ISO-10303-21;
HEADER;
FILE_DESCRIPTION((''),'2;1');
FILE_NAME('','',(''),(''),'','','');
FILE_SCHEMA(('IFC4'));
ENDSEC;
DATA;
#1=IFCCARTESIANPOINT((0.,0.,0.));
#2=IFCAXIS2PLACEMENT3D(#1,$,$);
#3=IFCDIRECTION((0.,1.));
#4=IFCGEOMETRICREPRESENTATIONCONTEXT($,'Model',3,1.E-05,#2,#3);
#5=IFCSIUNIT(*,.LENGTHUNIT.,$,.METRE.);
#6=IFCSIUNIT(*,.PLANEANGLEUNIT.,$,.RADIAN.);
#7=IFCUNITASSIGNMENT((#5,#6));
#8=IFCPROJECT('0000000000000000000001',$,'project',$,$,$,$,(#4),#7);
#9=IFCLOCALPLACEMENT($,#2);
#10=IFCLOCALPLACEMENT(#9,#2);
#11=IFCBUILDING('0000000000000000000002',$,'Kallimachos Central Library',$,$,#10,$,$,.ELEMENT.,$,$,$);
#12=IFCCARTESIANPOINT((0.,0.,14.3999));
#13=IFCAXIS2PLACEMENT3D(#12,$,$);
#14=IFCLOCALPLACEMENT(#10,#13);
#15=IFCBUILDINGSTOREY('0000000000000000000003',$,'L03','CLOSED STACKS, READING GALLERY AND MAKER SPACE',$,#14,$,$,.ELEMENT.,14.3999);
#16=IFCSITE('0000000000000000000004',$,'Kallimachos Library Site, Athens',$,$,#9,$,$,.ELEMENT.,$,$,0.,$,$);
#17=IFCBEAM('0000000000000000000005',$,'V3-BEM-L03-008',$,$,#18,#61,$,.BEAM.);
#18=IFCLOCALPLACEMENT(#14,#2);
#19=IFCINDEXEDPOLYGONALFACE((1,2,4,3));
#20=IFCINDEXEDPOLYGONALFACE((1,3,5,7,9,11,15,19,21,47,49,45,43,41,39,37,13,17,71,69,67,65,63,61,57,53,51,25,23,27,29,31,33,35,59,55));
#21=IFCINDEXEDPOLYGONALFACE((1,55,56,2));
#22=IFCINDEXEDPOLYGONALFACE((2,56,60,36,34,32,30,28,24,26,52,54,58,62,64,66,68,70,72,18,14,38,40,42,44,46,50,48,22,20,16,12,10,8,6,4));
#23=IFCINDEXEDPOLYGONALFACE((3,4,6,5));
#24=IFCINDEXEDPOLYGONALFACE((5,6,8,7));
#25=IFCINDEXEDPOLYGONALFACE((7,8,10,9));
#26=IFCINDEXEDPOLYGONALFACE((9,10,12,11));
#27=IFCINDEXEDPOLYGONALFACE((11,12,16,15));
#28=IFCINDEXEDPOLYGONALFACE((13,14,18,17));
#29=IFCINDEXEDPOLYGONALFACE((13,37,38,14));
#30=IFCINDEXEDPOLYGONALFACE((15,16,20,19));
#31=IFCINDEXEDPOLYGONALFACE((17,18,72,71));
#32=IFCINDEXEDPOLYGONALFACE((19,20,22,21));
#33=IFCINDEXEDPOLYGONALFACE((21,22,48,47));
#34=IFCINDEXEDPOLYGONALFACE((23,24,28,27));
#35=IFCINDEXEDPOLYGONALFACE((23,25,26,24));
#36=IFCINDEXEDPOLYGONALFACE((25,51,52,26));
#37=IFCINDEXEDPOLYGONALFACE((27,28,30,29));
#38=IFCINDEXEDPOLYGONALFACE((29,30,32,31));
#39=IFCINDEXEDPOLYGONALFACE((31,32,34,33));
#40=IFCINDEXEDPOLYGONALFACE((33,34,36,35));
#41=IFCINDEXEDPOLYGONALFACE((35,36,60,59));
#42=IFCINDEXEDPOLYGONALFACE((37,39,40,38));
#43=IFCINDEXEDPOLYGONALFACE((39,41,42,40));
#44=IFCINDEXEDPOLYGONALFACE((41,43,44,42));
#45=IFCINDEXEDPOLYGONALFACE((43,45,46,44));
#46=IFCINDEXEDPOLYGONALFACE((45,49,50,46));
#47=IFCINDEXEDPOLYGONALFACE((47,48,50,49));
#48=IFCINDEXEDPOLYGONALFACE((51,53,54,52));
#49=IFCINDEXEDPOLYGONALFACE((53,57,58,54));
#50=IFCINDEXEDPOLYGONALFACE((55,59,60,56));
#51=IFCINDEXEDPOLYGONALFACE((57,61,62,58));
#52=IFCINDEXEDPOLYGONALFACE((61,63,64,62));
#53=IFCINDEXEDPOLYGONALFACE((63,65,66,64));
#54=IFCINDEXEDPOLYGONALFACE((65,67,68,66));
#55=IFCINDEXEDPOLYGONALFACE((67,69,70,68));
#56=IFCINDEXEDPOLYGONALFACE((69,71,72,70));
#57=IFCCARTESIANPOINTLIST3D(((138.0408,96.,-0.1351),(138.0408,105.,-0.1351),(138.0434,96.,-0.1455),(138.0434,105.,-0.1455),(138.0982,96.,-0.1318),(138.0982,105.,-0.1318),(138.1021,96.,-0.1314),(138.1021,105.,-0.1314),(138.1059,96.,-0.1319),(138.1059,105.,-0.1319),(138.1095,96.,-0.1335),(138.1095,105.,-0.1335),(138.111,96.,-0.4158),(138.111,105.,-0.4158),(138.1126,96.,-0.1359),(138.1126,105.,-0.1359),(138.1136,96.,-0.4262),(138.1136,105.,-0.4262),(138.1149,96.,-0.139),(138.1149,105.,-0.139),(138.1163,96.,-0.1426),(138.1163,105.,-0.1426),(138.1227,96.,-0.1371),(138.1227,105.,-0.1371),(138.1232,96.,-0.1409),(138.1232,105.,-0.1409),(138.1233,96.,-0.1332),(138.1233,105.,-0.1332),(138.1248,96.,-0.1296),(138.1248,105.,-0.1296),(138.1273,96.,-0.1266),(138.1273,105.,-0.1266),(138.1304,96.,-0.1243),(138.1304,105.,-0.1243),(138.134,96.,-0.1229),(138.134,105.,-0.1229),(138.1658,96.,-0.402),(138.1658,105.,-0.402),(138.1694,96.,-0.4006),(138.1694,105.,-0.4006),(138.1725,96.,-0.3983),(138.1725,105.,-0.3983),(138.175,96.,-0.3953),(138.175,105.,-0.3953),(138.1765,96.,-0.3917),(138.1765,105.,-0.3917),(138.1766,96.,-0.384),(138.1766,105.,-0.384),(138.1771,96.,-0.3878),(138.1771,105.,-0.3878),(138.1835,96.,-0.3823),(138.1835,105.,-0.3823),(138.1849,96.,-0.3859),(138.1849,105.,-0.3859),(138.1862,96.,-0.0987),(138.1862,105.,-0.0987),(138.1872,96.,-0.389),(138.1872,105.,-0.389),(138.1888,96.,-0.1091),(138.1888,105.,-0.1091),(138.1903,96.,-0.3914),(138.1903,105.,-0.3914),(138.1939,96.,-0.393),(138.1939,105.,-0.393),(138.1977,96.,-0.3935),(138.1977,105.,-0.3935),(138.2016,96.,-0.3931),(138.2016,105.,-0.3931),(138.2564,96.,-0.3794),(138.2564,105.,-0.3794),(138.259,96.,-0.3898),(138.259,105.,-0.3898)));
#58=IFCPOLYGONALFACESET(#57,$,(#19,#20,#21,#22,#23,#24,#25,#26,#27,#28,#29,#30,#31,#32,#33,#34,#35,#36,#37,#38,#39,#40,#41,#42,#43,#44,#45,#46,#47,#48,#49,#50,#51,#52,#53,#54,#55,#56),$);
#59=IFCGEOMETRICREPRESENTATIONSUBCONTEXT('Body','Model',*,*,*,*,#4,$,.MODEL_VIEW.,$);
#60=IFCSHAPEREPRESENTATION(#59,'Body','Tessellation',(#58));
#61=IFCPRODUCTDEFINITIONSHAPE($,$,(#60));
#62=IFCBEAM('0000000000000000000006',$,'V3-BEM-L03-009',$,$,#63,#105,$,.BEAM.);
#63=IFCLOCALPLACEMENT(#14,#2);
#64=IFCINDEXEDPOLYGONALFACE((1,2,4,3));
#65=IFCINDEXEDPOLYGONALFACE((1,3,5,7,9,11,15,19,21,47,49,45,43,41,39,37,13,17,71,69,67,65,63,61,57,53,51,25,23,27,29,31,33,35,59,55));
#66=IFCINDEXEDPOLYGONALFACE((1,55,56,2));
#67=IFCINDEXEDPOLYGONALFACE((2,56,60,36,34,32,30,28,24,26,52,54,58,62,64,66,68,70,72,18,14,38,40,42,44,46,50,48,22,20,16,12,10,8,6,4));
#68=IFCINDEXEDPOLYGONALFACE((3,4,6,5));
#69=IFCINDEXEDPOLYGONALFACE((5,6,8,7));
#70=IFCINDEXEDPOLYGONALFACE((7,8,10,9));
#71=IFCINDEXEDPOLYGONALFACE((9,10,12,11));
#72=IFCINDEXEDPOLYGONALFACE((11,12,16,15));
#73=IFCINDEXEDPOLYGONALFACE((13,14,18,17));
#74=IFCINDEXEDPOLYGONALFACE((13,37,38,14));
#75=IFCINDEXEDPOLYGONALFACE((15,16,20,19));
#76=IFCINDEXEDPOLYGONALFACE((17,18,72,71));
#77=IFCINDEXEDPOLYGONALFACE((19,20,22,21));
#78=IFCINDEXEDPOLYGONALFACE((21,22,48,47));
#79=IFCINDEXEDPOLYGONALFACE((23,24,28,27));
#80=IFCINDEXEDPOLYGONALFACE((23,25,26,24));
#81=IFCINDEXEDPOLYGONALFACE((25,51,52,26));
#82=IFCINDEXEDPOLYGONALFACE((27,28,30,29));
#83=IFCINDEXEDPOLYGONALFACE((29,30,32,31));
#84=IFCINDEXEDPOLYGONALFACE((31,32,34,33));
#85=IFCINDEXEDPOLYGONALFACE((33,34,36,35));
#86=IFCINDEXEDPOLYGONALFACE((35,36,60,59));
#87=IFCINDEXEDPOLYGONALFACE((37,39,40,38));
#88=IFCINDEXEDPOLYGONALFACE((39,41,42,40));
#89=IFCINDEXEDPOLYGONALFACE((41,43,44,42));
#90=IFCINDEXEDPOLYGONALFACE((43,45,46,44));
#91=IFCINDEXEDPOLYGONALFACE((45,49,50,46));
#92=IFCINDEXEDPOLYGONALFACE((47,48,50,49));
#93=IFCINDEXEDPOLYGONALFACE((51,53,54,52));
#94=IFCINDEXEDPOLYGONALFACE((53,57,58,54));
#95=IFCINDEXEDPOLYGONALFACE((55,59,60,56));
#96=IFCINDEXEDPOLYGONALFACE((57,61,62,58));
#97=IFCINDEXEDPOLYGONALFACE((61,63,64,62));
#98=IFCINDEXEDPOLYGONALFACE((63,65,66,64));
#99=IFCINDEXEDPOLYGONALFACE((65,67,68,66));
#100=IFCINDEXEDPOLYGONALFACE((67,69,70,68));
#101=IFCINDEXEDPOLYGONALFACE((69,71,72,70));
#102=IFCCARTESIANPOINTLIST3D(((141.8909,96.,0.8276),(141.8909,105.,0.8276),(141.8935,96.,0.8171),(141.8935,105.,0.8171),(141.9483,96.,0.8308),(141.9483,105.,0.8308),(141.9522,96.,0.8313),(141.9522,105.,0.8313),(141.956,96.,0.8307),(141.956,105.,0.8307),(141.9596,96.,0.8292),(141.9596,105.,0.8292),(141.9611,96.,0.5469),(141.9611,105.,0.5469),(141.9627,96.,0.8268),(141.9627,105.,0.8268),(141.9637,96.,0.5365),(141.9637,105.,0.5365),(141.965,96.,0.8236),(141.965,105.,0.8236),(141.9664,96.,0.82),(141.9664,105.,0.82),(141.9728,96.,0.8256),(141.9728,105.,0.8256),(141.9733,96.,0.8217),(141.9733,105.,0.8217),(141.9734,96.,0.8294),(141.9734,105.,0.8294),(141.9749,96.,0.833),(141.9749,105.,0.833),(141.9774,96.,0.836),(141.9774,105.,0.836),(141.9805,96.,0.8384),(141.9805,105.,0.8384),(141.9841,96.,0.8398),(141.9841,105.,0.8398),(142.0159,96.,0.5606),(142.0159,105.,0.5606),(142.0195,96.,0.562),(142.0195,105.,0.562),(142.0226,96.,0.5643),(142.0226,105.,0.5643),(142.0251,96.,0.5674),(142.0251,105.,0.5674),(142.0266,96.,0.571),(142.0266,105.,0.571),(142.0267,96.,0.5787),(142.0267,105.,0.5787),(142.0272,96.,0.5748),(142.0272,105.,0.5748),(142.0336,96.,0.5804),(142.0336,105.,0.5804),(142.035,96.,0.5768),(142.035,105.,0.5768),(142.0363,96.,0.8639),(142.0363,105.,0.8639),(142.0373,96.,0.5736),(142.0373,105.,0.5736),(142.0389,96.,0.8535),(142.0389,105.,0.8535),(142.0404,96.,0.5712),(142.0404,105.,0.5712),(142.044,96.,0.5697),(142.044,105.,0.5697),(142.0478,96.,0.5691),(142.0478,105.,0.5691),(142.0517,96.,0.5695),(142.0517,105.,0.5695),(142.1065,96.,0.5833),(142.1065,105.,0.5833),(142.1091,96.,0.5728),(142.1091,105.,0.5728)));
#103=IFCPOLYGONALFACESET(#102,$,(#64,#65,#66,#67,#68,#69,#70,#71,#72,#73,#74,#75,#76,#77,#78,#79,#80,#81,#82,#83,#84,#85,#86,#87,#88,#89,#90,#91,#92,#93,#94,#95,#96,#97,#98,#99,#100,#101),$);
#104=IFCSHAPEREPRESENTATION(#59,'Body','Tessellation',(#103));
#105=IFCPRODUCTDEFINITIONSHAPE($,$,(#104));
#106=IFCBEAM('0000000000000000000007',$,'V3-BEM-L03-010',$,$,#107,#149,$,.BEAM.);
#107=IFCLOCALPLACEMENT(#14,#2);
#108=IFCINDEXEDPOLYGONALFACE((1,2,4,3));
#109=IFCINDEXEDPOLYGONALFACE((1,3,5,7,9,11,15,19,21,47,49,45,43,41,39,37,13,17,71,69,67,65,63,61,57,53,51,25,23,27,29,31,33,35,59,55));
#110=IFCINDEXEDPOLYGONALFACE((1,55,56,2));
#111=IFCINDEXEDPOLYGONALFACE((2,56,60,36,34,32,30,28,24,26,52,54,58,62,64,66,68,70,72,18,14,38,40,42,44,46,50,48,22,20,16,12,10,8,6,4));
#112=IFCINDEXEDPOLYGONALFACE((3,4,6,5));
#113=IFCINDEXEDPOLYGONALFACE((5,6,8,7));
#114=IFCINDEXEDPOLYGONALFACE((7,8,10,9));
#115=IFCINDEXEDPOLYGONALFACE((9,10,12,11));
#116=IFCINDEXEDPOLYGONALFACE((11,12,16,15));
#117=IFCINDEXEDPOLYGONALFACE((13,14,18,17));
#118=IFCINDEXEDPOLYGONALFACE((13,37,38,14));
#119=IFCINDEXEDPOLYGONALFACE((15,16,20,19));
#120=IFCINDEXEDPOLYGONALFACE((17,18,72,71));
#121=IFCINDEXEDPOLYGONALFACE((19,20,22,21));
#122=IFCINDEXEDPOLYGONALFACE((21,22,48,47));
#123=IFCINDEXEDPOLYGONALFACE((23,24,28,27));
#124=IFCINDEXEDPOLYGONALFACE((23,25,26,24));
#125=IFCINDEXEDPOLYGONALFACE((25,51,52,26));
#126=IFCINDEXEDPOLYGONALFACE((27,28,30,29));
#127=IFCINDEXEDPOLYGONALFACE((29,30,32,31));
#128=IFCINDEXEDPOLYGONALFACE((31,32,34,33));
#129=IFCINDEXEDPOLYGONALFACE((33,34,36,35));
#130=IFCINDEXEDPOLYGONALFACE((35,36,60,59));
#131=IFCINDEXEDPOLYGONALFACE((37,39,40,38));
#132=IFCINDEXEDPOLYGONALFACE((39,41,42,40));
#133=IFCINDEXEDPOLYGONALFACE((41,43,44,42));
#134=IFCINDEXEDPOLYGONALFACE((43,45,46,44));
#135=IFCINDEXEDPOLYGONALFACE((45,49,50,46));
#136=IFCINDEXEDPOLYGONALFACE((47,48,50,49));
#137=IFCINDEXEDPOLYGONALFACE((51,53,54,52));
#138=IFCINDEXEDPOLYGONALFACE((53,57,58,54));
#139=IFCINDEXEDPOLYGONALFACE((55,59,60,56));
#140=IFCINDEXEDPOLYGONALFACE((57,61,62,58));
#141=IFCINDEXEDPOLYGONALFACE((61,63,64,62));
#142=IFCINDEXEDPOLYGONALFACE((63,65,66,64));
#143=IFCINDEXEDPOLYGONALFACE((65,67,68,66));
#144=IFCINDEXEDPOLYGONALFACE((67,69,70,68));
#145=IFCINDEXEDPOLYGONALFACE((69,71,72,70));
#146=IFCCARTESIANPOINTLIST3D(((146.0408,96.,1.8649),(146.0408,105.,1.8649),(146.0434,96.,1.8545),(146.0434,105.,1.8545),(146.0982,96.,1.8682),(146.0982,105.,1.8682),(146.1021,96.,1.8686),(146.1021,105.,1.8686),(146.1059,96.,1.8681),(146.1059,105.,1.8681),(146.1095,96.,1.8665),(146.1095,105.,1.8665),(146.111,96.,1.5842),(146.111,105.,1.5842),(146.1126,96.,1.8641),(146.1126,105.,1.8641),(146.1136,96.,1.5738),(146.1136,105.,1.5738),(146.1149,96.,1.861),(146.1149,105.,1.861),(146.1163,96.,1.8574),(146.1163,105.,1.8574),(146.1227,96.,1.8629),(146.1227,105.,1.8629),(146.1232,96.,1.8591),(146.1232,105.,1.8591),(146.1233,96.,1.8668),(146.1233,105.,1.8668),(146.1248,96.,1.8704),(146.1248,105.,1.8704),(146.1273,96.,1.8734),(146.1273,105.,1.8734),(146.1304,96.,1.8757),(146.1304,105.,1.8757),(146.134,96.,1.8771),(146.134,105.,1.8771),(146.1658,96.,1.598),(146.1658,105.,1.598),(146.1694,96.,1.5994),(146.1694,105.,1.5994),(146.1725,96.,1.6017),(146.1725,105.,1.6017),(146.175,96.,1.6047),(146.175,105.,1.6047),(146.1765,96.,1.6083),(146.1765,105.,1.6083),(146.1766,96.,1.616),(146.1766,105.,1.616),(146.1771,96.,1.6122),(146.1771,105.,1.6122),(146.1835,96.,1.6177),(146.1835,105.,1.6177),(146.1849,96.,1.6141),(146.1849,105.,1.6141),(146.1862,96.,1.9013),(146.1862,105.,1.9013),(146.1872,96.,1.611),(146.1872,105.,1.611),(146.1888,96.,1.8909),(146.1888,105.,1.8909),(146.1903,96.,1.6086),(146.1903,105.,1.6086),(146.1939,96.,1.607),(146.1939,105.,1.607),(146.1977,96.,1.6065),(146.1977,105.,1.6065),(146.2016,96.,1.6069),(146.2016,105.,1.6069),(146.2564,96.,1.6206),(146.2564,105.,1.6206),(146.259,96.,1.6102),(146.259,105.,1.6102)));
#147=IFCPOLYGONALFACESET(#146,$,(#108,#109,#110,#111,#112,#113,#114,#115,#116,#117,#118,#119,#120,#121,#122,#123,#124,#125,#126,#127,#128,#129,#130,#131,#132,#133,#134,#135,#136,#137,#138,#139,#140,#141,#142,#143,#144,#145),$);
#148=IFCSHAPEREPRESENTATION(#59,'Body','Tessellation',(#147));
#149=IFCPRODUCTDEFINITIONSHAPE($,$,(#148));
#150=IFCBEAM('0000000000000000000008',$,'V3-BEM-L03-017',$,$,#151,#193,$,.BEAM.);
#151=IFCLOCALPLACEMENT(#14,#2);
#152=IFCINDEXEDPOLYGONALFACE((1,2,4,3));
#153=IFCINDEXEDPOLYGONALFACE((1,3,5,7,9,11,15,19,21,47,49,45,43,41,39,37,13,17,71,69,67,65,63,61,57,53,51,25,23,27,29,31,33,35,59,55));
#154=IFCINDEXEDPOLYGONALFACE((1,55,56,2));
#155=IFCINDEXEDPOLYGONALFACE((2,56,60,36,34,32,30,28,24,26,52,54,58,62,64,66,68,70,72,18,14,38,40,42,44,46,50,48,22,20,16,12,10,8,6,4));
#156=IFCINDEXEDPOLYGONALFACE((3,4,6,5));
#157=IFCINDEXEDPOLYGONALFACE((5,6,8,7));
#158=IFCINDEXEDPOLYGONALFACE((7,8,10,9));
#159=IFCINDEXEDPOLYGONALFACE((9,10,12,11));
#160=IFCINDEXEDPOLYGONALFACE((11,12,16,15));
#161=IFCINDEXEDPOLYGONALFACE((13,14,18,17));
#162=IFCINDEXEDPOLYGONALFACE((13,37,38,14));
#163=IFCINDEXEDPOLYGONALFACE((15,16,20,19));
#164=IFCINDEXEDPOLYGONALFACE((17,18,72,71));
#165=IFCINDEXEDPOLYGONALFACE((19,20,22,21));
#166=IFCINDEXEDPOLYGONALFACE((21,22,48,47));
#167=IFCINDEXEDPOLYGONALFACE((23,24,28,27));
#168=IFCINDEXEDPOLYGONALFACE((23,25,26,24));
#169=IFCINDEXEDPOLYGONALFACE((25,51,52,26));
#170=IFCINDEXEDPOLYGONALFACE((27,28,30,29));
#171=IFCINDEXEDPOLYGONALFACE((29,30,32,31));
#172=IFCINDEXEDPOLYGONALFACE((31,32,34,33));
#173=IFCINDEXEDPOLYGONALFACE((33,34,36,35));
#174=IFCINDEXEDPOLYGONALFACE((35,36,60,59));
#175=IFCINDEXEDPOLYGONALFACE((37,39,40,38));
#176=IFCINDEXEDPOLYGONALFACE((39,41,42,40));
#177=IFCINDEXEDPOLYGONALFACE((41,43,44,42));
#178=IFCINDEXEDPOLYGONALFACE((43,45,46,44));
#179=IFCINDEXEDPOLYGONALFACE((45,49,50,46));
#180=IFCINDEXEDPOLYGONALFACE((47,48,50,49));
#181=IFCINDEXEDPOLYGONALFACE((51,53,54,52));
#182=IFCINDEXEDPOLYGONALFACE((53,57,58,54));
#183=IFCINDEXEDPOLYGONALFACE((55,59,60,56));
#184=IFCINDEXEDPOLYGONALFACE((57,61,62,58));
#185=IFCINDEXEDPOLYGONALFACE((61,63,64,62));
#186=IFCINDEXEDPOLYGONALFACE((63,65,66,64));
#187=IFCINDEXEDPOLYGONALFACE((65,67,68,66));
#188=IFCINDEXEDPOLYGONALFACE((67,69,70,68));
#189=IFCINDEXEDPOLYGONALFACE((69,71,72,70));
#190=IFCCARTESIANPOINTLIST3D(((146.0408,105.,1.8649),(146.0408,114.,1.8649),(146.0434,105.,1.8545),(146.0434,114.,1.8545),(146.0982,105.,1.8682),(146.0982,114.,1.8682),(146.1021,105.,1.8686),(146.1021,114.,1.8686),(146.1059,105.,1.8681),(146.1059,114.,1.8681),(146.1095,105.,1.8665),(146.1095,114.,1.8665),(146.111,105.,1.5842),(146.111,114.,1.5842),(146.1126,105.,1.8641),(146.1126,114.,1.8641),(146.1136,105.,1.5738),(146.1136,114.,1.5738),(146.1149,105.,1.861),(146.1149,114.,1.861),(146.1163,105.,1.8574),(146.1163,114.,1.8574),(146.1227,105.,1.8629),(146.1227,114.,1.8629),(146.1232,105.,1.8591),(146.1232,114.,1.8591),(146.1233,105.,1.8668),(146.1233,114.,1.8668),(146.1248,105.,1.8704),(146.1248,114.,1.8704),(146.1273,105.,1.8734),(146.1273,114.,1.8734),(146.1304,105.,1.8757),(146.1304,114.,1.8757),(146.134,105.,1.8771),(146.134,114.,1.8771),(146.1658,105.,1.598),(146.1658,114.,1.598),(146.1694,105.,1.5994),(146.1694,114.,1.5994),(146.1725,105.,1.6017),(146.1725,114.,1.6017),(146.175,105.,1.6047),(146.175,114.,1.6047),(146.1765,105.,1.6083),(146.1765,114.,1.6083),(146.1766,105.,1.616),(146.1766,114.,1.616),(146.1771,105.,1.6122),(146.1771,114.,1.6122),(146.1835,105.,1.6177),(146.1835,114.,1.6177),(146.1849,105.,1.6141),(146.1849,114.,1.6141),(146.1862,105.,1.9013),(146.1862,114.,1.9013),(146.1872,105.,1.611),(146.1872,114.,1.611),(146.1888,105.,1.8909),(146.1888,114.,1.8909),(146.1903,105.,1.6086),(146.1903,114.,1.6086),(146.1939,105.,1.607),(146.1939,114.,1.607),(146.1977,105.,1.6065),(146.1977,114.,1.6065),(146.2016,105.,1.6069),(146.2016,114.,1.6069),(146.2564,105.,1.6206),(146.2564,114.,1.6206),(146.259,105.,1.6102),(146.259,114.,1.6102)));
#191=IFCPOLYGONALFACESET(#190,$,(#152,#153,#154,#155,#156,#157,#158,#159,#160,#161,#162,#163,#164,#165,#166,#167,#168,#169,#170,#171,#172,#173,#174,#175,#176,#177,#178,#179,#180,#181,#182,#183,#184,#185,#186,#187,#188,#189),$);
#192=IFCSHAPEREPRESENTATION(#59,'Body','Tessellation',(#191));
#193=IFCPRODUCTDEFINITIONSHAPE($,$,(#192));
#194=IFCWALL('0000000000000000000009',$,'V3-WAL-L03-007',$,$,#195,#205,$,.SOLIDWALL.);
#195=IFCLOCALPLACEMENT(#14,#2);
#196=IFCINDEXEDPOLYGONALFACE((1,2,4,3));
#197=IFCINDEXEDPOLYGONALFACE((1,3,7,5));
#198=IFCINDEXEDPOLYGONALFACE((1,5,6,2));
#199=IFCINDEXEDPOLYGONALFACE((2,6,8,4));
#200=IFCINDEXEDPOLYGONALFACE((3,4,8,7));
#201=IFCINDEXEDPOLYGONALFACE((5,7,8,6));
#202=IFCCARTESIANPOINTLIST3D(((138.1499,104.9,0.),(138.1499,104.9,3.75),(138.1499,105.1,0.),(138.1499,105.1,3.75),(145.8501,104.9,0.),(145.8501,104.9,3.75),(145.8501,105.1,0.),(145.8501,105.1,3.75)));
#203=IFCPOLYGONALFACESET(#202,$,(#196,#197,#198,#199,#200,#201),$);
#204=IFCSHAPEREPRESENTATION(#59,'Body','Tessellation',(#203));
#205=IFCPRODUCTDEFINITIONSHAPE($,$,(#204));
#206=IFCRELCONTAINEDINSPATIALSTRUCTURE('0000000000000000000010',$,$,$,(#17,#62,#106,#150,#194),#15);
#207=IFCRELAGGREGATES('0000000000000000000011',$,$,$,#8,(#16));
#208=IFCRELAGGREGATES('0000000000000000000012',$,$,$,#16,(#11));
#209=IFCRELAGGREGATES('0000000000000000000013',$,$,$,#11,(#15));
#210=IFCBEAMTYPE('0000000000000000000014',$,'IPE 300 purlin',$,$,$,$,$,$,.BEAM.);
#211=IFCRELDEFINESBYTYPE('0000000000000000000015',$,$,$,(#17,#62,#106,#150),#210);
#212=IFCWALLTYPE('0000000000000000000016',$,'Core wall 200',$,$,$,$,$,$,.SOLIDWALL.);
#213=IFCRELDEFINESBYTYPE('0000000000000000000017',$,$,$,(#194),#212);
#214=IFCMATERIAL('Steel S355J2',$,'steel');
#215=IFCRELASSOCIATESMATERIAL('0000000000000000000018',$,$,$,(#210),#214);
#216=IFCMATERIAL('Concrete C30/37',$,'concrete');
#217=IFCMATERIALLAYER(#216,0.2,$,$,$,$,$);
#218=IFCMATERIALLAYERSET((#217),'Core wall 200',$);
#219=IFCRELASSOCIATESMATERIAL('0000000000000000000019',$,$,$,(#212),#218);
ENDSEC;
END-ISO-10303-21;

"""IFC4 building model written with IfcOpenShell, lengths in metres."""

from ifc_helpers import new_model, si_unit, direction, frame, frame_2d, origin, origin_2d, place, context, subcontext, project, spatial, rectangle, i_section, extrude, material, layer, layer_set, material_profile, profile_set, type_object, element, save


model = new_model("IFC4")

# Units and contexts
model_context = context("Model", 3, precision=1e-05, world=origin(), true_north=direction((0.0, 1.0)))
body_context = subcontext(model_context, "Body", "Model", "MODEL_VIEW")
ifc_project = project(units=[si_unit("LENGTHUNIT", "METRE"), si_unit("PLANEANGLEUNIT", "RADIAN")], contexts=[model_context])

# Site, building, storey
site_placement = place(None, origin())
site = spatial("IfcSite", under=ifc_project, at=site_placement, Name="Kallimachos Library Site, Athens", CompositionType="ELEMENT", RefElevation=0.0)
building_placement = place(site_placement, origin())
building = spatial("IfcBuilding", under=site, at=building_placement, Name="Kallimachos Central Library", CompositionType="ELEMENT")
storey_placement = place(building_placement, frame((0.0, 0.0, 14.3999)))
storey = spatial("IfcBuildingStorey", under=building, at=storey_placement, Name="L03", Description="CLOSED STACKS, READING GALLERY AND MAKER SPACE", CompositionType="ELEMENT", Elevation=14.3999)

# Beams
ifc_material_1 = material(Name="Steel S355J2", Category="steel")
ifc_material_profile_1 = material_profile(ifc_material_1, i_section(OverallWidth=0.1499, OverallDepth=0.3, WebThickness=0.0071, FlangeThickness=0.0107, FilletRadius=0.0149, at=origin_2d()), Name="IPE 300")
ifc_profile_set_1 = profile_set([ifc_material_profile_1], Name="Steel S355J2")
beam_type = type_object("IfcBeamType", Name="IPE 300 purlin", PredefinedType="BEAM", material=ifc_profile_set_1)
for number, where, z_axis, x_axis, name in (
    (1, (138.1499, 96.0, -0.2625), (0.0, 1.0, 0.0), (-0.970143, 0.0, -0.242536), "V3-BEM-L03-008"),
    (2, (142.0, 96.0, 0.7002), (0.0, 1.0, 0.0), (-0.970143, 0.0, -0.242536), "V3-BEM-L03-009"),
    (3, (146.1499, 96.0, 1.7375), (0.0, 1.0, 0.0), (-0.970143, 0.0, -0.242536), "V3-BEM-L03-010"),
    (4, (146.1499, 105.0, 1.7375), (0.0, 1.0, 0.0), (-0.970143, 0.0, -0.242536), "V3-BEM-L03-017"),
):
    element("IfcBeam", number, at=place(storey_placement, frame(where, z_axis=z_axis, x_axis=x_axis)), inside=storey, type_object=beam_type, Name=name, PredefinedType="BEAM", context=body_context, shape_type="SweptSolid", body=[
        extrude(i_section(OverallWidth=0.1499, OverallDepth=0.3, WebThickness=0.0071, FlangeThickness=0.0107, FilletRadius=0.0149, at=origin_2d()), origin(), (0.0, 0.0, 1.0), 9.0),
    ])

# Wall
ifc_material_2 = material(Name="Concrete C30/37", Category="concrete")
ifc_layer_1 = layer(ifc_material_2, 0.2)
ifc_layer_set_1 = layer_set([ifc_layer_1], Name="Core wall 200")
wall_type = type_object("IfcWallType", Name="Core wall 200", PredefinedType="SOLIDWALL", material=ifc_layer_set_1)
wall_placement = place(storey_placement, frame((138.1499, 105.0, 0.0), z_axis=(0.0, 0.0, 1.0), x_axis=(1.0, 0.0, 0.0)))
element("IfcWall", 5, at=wall_placement, inside=storey, type_object=wall_type, Name="V3-WAL-L03-007", PredefinedType="SOLIDWALL", context=body_context, shape_type="SweptSolid", body=[
    extrude(rectangle(XDim=7.7002, YDim=0.2, at=frame_2d((3.8501, 0.0))), origin(), (0.0, 0.0, 1.0), 3.75),
])

save(model, "model.ifc")
